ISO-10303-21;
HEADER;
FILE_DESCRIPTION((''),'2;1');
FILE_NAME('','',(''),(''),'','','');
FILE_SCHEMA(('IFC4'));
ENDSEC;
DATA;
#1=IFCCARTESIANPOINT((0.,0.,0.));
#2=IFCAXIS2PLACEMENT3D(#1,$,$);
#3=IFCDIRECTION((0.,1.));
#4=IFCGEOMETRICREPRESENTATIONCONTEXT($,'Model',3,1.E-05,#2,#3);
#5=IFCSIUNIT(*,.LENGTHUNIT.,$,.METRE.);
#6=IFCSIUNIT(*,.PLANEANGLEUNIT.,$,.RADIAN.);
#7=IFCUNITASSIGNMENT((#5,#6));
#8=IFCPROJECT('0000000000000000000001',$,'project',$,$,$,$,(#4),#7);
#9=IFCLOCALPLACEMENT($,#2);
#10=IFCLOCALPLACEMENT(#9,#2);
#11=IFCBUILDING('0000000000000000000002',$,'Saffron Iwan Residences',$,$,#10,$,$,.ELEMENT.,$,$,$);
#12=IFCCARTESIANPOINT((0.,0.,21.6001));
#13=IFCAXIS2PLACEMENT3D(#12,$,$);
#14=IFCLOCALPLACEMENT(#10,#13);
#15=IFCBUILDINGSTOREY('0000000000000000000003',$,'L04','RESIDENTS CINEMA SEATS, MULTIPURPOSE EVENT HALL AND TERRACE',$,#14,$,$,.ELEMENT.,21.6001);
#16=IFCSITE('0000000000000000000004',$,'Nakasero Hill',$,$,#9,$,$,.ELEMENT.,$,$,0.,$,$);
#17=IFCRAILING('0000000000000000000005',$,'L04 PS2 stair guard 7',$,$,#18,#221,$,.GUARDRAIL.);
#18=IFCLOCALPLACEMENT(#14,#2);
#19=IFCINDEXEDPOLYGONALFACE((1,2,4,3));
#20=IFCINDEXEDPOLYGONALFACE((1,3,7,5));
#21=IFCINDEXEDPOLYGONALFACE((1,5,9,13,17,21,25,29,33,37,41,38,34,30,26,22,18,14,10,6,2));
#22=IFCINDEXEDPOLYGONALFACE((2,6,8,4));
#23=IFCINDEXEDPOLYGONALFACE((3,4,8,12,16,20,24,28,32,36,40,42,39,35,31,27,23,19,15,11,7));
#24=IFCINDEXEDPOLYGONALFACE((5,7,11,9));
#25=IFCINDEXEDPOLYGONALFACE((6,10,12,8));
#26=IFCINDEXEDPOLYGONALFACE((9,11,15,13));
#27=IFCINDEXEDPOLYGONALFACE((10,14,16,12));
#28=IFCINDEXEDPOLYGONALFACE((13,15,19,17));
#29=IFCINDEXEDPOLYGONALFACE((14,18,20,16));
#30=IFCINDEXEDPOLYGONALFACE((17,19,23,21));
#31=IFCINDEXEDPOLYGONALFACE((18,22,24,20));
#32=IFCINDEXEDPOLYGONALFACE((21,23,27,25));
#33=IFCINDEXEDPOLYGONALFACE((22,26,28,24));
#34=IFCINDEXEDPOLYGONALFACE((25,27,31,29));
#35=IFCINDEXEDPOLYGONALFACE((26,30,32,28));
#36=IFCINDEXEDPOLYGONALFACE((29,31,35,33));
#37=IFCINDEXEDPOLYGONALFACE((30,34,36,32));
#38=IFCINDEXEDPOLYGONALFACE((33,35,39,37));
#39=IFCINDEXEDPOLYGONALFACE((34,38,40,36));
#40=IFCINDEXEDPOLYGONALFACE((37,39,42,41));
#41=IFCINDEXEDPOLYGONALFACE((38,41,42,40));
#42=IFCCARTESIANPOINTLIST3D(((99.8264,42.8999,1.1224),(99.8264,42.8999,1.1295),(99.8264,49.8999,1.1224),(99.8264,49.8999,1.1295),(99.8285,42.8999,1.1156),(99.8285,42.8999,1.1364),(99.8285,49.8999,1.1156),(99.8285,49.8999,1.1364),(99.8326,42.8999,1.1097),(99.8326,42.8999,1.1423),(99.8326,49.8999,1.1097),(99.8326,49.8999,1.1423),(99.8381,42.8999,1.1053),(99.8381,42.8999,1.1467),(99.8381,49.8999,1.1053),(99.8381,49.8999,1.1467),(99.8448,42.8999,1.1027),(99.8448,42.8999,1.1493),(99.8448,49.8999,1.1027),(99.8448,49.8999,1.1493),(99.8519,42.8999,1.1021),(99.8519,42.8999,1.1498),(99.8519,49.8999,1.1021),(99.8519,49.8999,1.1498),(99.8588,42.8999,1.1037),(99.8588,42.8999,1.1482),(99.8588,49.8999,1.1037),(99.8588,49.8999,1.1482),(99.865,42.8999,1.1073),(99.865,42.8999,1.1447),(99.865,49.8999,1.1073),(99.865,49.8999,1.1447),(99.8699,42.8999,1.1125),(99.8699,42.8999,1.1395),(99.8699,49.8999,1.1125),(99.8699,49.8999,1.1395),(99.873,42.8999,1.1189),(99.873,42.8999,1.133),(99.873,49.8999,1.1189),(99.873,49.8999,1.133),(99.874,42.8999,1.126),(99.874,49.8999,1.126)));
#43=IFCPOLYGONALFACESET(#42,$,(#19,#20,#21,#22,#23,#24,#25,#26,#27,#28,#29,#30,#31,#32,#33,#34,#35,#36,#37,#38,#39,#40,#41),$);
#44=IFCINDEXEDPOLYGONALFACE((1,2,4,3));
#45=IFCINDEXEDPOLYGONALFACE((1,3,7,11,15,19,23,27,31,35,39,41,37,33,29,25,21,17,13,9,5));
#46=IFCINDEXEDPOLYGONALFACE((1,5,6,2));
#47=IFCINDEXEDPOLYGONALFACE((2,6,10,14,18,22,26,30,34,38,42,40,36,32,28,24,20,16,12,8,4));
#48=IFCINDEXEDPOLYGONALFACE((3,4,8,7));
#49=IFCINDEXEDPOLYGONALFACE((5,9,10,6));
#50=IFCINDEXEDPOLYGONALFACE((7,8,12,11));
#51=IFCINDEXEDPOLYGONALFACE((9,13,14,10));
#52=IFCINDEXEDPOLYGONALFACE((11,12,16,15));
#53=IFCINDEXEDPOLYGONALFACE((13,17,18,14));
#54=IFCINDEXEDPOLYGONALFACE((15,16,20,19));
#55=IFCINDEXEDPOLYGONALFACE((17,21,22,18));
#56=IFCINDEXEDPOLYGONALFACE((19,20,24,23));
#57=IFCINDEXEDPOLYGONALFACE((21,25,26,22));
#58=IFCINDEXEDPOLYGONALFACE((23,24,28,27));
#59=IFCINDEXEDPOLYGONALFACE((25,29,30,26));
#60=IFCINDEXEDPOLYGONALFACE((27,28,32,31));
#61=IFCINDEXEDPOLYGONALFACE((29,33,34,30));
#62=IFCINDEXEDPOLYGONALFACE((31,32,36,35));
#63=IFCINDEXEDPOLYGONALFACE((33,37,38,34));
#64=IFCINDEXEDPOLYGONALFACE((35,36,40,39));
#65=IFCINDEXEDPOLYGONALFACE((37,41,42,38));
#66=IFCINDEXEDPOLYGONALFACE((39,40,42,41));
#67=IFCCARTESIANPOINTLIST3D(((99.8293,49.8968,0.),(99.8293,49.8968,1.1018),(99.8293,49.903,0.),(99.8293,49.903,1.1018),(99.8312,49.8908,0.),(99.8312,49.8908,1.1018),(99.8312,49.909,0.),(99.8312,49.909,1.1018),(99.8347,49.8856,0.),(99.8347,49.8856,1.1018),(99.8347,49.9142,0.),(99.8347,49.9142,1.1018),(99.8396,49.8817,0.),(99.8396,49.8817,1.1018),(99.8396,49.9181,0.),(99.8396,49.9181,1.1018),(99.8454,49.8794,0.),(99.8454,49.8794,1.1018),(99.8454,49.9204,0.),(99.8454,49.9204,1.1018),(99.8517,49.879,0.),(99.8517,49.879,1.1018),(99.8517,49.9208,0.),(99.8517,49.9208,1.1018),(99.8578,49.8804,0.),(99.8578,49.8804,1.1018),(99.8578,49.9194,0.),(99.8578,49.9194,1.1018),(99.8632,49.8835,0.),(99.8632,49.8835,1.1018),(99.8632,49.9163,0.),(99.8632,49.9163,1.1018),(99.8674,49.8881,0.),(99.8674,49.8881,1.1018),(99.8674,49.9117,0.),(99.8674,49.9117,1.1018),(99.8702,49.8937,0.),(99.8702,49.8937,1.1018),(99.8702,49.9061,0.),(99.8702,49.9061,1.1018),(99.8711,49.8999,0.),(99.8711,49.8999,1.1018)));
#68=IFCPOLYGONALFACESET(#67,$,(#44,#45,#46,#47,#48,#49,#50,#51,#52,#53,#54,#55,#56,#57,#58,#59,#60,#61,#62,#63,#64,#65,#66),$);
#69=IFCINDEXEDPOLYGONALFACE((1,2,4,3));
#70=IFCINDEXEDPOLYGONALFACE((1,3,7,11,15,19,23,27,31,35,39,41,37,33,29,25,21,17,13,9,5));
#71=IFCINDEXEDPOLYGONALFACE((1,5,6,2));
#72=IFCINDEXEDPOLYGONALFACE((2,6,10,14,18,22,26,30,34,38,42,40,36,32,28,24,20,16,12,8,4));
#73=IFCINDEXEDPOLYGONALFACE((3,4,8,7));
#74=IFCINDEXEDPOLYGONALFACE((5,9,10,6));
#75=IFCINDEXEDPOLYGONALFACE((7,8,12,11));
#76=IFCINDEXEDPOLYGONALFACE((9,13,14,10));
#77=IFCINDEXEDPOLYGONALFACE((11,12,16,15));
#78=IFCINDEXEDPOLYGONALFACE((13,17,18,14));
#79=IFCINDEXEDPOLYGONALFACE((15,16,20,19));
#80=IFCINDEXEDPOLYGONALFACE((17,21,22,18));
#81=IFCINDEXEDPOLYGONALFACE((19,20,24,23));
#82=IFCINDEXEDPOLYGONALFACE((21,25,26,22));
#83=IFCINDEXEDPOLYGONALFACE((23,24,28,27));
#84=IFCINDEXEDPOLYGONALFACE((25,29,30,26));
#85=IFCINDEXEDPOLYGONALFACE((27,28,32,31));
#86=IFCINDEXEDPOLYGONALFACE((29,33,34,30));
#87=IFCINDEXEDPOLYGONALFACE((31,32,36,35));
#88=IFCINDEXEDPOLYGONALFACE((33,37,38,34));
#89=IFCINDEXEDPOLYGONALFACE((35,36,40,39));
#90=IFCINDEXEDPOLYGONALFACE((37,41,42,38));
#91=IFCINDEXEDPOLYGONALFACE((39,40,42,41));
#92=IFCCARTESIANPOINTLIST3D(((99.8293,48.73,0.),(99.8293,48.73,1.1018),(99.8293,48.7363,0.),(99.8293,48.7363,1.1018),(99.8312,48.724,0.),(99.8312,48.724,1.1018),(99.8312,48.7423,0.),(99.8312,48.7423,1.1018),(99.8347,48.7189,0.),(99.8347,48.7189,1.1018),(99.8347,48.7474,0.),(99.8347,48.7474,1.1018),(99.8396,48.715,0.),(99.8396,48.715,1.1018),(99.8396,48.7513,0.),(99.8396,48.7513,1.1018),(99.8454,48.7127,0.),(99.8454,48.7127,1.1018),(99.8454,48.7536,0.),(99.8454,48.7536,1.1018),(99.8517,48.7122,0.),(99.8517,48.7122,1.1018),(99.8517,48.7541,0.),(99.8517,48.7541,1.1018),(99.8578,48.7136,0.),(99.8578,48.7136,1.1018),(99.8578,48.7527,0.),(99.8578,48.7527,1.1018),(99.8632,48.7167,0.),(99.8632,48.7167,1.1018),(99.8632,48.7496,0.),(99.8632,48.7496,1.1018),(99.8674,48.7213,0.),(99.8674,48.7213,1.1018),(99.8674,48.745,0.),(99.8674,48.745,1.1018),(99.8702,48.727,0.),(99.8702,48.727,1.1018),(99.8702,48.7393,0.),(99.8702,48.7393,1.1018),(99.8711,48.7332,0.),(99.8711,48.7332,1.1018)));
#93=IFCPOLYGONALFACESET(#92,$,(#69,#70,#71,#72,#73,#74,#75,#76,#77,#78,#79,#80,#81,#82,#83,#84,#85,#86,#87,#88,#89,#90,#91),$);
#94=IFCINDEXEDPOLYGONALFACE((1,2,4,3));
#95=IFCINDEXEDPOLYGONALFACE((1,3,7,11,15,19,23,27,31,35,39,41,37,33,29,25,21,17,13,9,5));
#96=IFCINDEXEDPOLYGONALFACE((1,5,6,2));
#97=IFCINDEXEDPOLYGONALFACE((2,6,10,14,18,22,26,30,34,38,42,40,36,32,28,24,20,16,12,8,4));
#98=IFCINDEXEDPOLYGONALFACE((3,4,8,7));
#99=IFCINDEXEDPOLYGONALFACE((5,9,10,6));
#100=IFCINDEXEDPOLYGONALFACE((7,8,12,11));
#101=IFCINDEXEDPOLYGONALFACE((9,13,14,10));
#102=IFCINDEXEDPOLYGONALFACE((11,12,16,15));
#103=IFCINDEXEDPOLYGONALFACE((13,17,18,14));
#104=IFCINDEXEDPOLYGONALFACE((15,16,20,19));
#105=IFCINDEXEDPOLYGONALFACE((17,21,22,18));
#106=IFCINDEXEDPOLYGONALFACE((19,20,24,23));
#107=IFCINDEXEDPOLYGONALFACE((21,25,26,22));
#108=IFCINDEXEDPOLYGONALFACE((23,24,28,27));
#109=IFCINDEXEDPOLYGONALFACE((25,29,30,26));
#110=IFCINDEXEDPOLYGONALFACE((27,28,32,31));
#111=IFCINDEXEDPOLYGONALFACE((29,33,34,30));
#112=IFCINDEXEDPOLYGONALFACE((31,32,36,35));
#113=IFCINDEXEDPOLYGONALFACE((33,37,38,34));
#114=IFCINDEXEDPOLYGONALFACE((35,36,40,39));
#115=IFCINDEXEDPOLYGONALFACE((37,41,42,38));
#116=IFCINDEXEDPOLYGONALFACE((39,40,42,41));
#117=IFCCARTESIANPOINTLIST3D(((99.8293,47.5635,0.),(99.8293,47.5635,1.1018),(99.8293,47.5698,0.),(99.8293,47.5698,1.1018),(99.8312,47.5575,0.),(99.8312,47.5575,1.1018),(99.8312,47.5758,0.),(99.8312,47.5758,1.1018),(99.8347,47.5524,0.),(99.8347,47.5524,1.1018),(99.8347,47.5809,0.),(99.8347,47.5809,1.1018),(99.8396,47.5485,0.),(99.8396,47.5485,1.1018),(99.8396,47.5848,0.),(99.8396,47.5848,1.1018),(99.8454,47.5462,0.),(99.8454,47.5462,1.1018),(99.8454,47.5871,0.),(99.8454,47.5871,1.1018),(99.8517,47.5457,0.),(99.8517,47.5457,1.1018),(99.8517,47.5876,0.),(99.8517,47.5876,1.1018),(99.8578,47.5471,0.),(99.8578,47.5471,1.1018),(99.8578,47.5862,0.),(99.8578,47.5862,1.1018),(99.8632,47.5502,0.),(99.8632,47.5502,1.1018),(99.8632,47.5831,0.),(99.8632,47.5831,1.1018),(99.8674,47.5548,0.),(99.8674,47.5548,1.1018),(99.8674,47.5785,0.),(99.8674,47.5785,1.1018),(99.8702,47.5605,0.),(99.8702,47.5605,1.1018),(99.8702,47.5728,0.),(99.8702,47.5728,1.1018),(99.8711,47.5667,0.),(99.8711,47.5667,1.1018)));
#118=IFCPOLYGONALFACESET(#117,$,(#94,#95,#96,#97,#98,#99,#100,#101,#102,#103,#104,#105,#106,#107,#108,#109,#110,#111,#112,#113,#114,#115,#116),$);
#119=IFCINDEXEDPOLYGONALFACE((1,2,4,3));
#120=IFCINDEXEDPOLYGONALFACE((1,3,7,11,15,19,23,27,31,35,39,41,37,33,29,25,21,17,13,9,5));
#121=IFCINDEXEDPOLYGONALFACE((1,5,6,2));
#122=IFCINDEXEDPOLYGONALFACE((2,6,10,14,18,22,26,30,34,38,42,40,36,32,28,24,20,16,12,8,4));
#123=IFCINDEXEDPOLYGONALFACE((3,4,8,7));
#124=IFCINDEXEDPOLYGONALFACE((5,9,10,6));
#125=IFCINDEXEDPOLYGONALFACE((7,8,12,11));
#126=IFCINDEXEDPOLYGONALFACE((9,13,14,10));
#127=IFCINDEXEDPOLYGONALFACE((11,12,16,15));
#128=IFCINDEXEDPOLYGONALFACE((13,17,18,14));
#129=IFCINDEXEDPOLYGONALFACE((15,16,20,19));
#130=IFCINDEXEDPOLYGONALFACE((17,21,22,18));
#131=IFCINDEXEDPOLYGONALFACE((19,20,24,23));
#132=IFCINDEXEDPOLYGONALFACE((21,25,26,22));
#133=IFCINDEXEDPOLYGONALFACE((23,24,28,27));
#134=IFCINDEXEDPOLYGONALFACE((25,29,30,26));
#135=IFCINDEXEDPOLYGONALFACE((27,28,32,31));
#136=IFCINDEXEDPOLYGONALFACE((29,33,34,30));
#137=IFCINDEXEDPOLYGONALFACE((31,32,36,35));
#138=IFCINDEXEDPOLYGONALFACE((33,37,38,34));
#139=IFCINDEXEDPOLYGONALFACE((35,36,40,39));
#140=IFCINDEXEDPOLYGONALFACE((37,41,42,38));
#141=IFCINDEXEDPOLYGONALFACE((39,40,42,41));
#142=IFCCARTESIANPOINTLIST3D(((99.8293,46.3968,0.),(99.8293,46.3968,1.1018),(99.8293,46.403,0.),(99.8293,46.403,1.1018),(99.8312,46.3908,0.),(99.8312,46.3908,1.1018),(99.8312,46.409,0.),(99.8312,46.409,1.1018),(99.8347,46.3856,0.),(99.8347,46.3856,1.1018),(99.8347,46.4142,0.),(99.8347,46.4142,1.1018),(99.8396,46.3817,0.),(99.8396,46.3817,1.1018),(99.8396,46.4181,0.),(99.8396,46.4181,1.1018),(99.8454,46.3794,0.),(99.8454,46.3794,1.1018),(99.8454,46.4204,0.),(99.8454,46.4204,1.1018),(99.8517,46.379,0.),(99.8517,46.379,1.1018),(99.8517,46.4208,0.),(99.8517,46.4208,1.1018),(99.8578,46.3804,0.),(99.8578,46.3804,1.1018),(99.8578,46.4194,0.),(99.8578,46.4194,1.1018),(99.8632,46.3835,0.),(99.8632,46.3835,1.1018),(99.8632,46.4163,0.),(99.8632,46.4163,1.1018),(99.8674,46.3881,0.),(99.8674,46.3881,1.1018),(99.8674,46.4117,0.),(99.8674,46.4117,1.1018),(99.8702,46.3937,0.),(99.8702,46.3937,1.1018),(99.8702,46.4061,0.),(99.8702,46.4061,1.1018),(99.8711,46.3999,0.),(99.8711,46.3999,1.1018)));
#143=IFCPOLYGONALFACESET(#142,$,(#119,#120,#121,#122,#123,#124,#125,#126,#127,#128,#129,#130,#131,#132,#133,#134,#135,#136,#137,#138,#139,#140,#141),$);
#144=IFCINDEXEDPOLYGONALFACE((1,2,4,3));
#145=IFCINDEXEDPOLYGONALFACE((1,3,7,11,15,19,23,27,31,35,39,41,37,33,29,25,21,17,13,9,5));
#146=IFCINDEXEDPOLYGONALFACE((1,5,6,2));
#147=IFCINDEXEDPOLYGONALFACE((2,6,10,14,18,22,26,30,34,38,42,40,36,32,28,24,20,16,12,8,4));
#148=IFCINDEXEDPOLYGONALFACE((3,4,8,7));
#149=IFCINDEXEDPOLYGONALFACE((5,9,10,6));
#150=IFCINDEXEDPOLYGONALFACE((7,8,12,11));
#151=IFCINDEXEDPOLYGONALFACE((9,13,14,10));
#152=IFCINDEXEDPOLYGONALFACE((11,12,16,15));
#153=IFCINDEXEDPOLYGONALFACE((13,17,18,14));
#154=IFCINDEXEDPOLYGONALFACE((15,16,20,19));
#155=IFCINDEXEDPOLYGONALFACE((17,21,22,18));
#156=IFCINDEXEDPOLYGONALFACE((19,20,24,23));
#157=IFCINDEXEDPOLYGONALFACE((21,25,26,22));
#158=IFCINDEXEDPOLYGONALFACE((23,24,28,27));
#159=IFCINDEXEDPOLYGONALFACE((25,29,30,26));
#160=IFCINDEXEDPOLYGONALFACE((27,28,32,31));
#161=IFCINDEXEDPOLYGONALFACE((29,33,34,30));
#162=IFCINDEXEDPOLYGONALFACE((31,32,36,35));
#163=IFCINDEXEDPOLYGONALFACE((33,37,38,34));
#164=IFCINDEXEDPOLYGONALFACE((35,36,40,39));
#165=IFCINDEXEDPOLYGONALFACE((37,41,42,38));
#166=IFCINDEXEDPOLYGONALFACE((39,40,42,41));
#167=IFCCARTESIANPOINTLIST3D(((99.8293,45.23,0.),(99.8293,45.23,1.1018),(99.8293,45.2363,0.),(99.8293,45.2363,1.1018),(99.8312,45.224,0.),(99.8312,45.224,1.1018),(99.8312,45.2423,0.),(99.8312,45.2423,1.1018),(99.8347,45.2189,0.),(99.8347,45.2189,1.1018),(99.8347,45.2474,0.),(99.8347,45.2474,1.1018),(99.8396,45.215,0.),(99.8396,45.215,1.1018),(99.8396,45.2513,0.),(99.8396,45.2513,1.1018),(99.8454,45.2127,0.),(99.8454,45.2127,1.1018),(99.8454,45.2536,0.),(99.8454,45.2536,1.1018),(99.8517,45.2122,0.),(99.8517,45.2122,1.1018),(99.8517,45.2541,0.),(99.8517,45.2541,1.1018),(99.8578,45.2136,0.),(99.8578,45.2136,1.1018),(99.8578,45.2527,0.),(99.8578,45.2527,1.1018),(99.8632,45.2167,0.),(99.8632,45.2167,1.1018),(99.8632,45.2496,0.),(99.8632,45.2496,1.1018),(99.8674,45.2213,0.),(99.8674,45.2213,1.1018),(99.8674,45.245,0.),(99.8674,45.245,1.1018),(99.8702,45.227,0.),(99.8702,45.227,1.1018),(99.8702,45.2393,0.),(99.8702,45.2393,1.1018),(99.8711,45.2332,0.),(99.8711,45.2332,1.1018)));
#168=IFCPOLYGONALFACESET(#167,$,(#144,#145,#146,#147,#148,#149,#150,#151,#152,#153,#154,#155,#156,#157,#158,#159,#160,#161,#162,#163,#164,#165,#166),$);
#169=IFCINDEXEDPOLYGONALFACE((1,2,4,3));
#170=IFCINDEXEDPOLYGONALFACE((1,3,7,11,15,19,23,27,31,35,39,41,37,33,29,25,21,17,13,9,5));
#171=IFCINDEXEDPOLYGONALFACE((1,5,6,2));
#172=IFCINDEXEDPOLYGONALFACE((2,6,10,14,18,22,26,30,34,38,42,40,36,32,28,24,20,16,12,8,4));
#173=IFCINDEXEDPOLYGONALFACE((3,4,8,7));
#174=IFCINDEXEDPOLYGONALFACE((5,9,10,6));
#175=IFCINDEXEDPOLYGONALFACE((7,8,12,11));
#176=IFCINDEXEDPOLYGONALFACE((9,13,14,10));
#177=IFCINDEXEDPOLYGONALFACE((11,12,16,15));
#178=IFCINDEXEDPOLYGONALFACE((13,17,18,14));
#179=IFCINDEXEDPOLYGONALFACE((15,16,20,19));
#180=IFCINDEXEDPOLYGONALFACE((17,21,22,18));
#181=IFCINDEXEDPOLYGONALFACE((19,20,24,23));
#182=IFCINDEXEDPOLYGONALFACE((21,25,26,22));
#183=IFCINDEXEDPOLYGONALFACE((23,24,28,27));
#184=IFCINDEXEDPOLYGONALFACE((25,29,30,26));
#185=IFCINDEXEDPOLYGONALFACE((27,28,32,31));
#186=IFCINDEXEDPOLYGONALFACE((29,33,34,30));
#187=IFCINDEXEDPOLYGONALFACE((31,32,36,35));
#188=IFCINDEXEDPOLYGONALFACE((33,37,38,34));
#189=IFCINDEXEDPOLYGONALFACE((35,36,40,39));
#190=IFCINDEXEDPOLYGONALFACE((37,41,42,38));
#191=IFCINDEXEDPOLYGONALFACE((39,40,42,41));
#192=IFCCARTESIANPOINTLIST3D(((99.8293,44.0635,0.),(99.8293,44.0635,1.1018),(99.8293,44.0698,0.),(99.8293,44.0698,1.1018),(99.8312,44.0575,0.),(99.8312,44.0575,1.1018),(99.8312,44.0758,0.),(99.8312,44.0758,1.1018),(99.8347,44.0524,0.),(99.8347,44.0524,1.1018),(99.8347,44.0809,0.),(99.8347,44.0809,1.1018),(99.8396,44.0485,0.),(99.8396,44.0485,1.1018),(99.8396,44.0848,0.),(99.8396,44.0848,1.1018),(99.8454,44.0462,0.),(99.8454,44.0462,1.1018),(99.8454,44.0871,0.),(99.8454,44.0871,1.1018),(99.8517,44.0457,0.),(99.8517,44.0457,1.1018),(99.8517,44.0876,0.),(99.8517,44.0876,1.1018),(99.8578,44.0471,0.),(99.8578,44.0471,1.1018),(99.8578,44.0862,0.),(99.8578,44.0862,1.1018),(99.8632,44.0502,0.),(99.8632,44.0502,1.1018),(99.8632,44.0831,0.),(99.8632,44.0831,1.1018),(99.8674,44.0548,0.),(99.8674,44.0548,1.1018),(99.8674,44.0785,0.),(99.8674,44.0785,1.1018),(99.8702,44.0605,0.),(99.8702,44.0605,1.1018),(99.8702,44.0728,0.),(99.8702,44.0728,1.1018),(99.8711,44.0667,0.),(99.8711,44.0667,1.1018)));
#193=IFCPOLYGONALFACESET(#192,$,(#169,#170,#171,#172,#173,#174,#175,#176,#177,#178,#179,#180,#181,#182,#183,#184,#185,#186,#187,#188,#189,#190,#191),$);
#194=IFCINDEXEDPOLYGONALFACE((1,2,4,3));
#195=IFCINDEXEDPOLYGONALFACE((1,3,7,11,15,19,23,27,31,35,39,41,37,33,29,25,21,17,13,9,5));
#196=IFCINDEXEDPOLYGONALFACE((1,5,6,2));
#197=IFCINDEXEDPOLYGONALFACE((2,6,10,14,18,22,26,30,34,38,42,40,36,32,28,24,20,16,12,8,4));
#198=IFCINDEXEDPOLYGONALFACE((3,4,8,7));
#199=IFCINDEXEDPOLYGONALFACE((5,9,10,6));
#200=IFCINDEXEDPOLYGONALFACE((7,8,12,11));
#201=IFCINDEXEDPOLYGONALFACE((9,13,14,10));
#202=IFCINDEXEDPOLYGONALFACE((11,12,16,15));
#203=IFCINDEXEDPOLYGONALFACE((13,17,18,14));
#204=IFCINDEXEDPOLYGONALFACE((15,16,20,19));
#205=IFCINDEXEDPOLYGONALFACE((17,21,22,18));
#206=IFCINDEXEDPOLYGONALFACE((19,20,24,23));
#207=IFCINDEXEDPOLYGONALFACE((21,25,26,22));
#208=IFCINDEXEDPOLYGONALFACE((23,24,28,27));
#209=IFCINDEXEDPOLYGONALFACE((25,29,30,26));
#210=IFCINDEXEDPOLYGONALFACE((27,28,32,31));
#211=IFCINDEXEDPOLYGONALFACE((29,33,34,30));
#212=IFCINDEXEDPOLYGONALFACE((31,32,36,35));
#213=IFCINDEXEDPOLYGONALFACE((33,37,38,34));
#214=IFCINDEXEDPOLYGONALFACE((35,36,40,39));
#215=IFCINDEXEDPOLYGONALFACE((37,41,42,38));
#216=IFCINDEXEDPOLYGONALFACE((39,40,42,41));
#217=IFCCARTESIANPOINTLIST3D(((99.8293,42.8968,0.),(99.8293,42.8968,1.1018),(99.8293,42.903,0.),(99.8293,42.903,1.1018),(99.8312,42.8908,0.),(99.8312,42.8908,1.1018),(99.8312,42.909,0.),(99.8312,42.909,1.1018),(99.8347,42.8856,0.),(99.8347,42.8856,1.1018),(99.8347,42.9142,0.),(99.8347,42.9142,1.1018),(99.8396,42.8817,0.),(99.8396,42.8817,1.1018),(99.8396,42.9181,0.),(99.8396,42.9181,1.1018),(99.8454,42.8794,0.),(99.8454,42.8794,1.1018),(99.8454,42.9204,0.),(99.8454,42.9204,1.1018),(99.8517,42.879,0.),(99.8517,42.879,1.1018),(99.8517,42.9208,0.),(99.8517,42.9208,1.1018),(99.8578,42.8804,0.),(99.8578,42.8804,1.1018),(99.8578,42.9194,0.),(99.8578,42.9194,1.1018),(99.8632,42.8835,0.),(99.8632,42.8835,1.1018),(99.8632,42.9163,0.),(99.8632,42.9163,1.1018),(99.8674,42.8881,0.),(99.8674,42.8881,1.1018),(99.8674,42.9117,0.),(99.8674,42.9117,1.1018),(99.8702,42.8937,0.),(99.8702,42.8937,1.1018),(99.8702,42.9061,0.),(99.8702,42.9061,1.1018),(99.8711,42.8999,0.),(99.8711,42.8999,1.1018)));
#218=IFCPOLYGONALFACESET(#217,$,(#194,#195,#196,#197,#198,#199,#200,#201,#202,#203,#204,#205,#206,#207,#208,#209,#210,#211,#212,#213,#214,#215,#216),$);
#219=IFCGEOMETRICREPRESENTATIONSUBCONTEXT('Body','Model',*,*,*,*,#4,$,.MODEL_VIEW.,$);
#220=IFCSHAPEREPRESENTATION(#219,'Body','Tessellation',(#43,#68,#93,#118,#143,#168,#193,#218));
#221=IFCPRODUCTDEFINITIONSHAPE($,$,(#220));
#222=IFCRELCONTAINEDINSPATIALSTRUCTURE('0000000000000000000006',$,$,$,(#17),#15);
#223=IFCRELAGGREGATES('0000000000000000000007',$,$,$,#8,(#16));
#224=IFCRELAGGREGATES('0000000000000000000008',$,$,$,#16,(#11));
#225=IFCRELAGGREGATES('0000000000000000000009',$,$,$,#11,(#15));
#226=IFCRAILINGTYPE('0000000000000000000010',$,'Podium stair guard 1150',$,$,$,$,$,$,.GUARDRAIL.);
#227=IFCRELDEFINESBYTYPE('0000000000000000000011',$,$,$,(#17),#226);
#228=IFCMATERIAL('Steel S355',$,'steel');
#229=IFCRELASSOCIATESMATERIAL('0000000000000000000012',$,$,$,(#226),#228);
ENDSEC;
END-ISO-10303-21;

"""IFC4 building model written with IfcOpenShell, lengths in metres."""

from ifc_helpers import new_model, si_unit, direction, frame, origin, origin_2d, place, context, subcontext, project, spatial, circle, extrude, material, type_object, element, save


model = new_model("IFC4")

# Units and contexts
model_context = context("Model", 3, precision=1e-05, world=origin(), true_north=direction((0.0, 1.0)))
body_context = subcontext(model_context, "Body", "Model", "MODEL_VIEW")
ifc_project = project(units=[si_unit("LENGTHUNIT", "METRE"), si_unit("PLANEANGLEUNIT", "RADIAN")], contexts=[model_context])

# Site, building, storey
site_placement = place(None, origin())
site = spatial("IfcSite", under=ifc_project, at=site_placement, Name="Nakasero Hill", CompositionType="ELEMENT", RefElevation=0.0)
building_placement = place(site_placement, origin())
building = spatial("IfcBuilding", under=site, at=building_placement, Name="Saffron Iwan Residences", CompositionType="ELEMENT")
storey_placement = place(building_placement, frame((0.0, 0.0, 21.6001)))
storey = spatial("IfcBuildingStorey", under=building, at=storey_placement, Name="L04", Description="RESIDENTS CINEMA SEATS, MULTIPURPOSE EVENT HALL AND TERRACE", CompositionType="ELEMENT", Elevation=21.6001)

# Railing
ifc_material_1 = material(Name="Steel S355", Category="steel")
railing_type_1 = type_object("IfcRailingType", Name="Podium stair guard 1150", PredefinedType="GUARDRAIL", material=ifc_material_1)
railing_1_placement = place(storey_placement, frame((99.8501, 49.8999, 0.0)))
element("IfcRailing", 1, at=railing_1_placement, inside=storey, type_object=railing_type_1, Name="L04 PS2 stair guard 7", PredefinedType="GUARDRAIL", context=body_context, shape_type="SweptSolid", body=[
    extrude(circle(Radius=0.0239, at=origin_2d()), frame((0.0, 0.0, 1.126), z_axis=(0.0, -1.0, 0.0), x_axis=(1.0, 0.0, 0.0)), (0.0, 0.0, 1.0), 7.0),
    extrude(circle(Radius=0.021, at=origin_2d()), origin(), (0.0, 0.0, 1.0), 1.1018),
    extrude(circle(Radius=0.021, at=origin_2d()), frame((0.0, -1.1667, 0.0)), (0.0, 0.0, 1.0), 1.1018),
    extrude(circle(Radius=0.021, at=origin_2d()), frame((0.0, -2.3333, 0.0)), (0.0, 0.0, 1.0), 1.1018),
    extrude(circle(Radius=0.021, at=origin_2d()), frame((0.0, -3.5, 0.0)), (0.0, 0.0, 1.0), 1.1018),
    extrude(circle(Radius=0.021, at=origin_2d()), frame((0.0, -4.6667, 0.0)), (0.0, 0.0, 1.0), 1.1018),
    extrude(circle(Radius=0.021, at=origin_2d()), frame((0.0, -5.8333, 0.0)), (0.0, 0.0, 1.0), 1.1018),
    extrude(circle(Radius=0.021, at=origin_2d()), frame((0.0, -7.0, 0.0)), (0.0, 0.0, 1.0), 1.1018),
])

save(model, "model.ifc")
